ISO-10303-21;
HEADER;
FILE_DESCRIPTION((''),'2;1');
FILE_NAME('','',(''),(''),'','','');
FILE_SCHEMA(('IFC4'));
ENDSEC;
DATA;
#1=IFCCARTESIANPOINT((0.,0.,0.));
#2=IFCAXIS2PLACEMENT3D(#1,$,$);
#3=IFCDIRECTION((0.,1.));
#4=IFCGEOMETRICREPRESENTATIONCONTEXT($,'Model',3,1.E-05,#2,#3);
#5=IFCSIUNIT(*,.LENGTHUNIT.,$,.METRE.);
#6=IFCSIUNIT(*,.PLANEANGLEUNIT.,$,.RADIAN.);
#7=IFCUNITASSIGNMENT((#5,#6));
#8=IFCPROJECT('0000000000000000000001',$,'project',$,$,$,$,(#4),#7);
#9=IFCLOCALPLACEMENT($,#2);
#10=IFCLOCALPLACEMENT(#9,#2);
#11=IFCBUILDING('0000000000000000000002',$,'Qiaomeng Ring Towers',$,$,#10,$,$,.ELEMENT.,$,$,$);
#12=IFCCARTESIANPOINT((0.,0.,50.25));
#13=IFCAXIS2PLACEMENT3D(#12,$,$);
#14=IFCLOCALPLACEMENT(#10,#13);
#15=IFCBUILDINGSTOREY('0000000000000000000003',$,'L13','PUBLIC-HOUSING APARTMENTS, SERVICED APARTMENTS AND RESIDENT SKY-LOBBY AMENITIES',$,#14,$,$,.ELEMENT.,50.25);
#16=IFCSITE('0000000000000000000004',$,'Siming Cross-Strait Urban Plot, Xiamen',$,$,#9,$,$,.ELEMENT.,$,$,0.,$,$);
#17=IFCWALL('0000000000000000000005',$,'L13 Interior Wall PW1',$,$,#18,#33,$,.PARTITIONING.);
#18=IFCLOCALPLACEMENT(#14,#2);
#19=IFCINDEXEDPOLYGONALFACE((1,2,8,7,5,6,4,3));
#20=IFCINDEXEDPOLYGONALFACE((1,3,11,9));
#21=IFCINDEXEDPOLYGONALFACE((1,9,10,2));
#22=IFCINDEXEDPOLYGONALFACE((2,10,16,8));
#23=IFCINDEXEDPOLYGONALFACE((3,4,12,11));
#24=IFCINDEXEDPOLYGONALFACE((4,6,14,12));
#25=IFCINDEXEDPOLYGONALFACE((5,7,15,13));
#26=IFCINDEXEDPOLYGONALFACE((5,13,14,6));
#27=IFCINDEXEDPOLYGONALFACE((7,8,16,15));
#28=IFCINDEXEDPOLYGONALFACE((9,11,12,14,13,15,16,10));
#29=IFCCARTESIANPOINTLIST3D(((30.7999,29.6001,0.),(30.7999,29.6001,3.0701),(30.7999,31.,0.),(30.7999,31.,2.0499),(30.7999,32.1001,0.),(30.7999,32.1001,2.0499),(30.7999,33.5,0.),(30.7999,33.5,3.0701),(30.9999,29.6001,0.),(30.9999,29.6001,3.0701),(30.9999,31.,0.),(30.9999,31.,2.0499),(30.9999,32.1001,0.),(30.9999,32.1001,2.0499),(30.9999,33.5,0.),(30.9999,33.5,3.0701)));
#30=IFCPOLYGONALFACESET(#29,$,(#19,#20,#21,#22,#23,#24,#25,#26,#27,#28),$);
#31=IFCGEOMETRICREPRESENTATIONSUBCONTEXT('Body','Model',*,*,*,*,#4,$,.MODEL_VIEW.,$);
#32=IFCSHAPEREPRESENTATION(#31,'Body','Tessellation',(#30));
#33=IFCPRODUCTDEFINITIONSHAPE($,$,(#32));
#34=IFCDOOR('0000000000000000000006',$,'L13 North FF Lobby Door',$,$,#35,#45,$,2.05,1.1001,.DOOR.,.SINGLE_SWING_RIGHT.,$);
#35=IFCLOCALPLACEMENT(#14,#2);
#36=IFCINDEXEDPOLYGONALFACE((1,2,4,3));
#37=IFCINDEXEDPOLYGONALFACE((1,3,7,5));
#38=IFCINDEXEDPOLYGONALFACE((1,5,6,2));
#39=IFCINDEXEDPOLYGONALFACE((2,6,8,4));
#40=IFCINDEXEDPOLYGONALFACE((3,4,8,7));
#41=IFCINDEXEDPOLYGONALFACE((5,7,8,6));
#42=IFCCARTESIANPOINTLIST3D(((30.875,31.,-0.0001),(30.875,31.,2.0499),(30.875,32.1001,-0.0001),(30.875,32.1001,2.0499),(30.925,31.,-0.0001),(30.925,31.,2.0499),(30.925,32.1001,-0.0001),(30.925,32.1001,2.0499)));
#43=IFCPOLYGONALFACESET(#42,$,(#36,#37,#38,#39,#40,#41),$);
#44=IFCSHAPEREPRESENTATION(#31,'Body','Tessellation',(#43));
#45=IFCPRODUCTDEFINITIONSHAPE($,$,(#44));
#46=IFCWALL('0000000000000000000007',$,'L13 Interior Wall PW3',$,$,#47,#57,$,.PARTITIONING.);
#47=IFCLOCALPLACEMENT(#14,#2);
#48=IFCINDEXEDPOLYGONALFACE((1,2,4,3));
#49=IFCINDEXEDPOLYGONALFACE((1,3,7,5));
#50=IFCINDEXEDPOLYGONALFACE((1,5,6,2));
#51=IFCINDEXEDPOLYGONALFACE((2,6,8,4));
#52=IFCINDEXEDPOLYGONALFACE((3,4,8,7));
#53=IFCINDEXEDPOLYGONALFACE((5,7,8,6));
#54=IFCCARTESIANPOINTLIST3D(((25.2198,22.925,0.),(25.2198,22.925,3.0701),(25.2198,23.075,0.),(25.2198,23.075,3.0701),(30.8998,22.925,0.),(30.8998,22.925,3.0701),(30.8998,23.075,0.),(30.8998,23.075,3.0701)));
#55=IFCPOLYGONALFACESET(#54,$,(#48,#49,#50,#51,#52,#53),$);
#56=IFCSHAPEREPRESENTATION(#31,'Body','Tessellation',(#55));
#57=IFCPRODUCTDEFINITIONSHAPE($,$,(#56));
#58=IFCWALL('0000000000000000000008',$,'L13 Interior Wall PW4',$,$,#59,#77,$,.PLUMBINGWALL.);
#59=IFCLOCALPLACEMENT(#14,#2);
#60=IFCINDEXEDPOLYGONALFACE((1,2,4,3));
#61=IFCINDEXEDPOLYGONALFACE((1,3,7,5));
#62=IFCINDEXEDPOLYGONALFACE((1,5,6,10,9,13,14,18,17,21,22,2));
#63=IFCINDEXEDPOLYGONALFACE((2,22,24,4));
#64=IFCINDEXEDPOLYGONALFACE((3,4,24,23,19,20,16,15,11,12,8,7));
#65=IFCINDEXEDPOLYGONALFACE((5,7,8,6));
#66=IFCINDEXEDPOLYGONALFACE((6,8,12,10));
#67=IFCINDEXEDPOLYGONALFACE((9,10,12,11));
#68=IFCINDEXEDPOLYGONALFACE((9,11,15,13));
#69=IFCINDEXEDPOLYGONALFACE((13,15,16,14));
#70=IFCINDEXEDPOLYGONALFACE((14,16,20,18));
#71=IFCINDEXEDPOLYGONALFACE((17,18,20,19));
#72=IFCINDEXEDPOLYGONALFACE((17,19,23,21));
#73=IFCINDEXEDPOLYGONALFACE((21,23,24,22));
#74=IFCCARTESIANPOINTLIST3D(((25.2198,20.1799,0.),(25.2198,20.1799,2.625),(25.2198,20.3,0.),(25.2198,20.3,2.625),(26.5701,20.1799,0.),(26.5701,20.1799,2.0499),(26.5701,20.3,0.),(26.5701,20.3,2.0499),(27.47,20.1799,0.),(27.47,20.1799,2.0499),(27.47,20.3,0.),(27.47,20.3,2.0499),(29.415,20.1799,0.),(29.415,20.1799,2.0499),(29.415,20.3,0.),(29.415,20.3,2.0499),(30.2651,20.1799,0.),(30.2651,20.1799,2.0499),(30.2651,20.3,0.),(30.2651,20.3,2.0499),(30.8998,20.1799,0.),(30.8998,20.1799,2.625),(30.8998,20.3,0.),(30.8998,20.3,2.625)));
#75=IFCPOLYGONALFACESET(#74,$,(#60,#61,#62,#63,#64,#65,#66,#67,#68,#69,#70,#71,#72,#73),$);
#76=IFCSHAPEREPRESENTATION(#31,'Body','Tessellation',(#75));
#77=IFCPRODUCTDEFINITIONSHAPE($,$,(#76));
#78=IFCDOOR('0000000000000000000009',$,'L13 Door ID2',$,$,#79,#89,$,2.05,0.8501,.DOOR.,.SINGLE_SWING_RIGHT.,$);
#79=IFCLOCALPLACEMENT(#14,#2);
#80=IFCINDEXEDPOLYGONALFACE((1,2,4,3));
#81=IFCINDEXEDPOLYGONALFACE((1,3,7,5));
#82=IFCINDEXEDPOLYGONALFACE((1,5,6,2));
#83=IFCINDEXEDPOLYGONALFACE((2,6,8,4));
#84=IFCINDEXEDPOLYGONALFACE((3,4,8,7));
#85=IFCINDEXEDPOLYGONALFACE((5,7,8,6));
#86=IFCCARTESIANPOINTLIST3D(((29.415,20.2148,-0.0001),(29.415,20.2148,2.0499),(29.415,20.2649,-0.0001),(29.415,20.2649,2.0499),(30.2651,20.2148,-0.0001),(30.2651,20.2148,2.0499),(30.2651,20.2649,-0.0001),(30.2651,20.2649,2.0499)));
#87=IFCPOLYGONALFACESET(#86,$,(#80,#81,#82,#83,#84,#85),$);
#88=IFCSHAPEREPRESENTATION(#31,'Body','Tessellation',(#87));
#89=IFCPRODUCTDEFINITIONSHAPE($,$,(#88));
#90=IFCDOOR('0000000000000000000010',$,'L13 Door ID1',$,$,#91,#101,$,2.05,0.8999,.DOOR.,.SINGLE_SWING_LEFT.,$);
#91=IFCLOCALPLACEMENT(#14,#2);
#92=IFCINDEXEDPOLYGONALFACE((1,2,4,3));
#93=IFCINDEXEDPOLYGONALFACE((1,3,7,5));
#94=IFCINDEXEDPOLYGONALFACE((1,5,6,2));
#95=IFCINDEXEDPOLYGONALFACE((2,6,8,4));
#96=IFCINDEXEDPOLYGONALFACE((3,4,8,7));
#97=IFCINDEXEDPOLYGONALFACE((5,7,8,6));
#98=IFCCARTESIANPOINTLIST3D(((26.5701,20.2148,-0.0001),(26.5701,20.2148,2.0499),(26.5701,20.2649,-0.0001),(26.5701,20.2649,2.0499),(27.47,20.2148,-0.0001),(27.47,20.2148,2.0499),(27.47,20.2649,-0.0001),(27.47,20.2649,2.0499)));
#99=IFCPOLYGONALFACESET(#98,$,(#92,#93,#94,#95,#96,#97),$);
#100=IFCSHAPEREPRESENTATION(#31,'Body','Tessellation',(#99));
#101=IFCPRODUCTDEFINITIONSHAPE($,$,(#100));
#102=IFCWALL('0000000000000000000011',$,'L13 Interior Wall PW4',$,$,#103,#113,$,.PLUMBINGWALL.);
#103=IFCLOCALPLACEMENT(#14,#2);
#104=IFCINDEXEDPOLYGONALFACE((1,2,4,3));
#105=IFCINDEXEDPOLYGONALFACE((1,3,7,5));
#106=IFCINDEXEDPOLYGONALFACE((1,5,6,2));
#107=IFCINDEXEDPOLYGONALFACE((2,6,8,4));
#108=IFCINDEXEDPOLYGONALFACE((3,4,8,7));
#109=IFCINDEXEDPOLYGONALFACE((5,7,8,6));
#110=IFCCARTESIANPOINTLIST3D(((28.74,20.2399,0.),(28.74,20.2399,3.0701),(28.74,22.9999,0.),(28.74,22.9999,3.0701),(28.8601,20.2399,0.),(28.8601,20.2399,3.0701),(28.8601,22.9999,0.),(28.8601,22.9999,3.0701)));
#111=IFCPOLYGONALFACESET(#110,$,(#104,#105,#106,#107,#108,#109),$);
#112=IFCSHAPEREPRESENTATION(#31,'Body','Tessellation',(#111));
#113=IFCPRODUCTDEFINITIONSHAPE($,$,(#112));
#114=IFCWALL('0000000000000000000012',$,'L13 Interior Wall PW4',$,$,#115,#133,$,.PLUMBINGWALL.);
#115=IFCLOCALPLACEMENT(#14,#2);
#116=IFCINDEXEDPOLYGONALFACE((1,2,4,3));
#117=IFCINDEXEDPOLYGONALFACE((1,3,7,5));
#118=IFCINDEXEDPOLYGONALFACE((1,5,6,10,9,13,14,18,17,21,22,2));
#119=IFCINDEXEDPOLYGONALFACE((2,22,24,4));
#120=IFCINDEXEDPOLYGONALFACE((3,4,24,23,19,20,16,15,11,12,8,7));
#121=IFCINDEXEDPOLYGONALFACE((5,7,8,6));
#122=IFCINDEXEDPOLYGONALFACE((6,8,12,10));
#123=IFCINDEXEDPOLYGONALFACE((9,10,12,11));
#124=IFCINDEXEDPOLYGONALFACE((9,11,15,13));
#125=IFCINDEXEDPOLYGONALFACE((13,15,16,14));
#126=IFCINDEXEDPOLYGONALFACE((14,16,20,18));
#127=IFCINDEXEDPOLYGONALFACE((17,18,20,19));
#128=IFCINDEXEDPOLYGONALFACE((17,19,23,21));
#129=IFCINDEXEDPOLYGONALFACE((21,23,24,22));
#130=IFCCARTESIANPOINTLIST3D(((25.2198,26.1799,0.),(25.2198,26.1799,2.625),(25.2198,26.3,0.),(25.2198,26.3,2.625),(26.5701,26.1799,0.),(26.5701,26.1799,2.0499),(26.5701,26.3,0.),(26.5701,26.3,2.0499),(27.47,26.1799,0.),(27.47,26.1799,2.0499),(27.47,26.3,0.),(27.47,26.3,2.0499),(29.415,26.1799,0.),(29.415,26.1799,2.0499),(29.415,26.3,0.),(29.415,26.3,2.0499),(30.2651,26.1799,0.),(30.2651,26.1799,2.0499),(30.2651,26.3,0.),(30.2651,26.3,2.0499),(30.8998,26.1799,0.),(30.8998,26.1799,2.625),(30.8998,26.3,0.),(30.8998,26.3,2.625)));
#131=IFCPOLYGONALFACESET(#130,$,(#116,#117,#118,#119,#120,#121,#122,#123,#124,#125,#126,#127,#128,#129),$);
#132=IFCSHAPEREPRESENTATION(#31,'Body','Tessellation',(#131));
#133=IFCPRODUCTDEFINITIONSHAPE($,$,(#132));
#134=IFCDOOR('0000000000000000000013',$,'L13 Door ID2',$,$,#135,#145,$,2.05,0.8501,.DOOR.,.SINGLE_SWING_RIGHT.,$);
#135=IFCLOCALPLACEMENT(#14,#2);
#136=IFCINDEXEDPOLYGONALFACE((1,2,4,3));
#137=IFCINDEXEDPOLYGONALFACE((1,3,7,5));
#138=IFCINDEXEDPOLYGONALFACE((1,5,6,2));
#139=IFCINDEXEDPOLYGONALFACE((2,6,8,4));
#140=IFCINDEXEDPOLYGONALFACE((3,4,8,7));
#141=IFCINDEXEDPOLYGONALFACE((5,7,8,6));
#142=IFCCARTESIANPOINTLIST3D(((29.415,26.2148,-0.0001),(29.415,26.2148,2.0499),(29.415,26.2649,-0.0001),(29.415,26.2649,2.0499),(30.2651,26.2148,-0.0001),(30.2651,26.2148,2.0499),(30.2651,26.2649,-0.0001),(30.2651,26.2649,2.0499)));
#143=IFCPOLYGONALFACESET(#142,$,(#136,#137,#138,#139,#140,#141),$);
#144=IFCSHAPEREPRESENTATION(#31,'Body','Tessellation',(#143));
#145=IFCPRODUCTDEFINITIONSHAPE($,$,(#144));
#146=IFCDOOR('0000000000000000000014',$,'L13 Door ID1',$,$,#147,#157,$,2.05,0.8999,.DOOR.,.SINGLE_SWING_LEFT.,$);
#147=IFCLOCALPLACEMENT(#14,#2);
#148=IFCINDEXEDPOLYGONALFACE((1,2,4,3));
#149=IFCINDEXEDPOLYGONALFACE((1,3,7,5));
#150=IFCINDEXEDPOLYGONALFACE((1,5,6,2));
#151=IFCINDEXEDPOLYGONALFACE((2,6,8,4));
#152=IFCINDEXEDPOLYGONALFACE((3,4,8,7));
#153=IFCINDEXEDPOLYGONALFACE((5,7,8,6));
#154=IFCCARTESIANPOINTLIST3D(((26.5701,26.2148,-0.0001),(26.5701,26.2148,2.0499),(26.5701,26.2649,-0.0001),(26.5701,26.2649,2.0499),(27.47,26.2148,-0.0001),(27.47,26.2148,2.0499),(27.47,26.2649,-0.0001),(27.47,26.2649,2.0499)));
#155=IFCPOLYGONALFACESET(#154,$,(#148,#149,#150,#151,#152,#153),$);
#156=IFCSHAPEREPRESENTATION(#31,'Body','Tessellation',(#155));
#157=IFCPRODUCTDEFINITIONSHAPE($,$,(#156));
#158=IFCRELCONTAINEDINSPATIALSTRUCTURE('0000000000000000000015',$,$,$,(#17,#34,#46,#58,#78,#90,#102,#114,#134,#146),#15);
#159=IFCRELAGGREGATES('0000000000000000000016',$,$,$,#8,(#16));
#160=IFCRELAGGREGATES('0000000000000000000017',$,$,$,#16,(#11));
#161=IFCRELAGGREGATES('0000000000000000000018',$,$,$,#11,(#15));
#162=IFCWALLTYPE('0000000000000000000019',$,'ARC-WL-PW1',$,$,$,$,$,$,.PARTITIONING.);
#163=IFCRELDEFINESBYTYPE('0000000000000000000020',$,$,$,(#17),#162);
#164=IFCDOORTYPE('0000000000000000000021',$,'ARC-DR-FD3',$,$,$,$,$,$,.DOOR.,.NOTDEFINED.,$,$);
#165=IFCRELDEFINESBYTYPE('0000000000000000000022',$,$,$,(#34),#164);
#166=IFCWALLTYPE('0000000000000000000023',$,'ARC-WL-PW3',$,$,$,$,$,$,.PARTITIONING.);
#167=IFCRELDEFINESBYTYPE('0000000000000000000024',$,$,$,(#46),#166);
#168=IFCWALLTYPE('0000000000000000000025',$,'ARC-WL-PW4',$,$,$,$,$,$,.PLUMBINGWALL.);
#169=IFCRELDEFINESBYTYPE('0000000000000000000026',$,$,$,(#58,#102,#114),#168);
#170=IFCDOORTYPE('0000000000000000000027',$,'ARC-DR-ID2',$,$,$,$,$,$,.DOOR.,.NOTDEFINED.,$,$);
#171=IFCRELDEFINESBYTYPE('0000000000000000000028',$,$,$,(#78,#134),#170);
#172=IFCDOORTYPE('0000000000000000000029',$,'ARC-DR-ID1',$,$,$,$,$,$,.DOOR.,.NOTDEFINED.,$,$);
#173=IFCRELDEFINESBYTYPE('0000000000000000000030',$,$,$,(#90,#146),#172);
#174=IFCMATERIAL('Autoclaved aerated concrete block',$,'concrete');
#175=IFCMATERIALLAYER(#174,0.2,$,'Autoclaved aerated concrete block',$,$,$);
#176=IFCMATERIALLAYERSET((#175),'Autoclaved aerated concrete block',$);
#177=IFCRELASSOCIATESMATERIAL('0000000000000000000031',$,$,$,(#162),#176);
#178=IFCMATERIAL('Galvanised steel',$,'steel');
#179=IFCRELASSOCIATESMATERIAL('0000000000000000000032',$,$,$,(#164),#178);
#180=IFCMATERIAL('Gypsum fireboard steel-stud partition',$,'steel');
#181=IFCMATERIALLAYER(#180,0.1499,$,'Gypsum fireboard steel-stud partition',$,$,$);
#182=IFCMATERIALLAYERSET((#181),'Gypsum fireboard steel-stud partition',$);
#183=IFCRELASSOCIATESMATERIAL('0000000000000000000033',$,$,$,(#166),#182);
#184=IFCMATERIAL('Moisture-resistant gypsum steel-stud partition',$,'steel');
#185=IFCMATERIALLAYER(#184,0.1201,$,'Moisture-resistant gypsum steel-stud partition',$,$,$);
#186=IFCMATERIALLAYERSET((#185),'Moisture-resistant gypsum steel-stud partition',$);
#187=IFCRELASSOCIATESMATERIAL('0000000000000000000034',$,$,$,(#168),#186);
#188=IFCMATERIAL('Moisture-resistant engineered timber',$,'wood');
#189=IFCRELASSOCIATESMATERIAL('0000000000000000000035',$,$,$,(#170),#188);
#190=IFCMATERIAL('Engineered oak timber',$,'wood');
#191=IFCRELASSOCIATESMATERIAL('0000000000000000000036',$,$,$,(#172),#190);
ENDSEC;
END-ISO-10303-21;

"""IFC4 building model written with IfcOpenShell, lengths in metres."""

from ifc_helpers import new_model, si_unit, direction, frame, frame_2d, origin, place, context, subcontext, project, spatial, rectangle, extrude, source, transform, mapped, material, layer, layer_set, type_object, element, fill, save


model = new_model("IFC4")

# Units and contexts
model_context = context("Model", 3, precision=1e-05, world=origin(), true_north=direction((0.0, 1.0)))
body_context = subcontext(model_context, "Body", "Model", "MODEL_VIEW")
ifc_project = project(units=[si_unit("LENGTHUNIT", "METRE"), si_unit("PLANEANGLEUNIT", "RADIAN")], contexts=[model_context])

# Site, building, storey
site_placement = place(None, origin())
site = spatial("IfcSite", under=ifc_project, at=site_placement, Name="Siming Cross-Strait Urban Plot, Xiamen", CompositionType="ELEMENT", RefElevation=0.0)
building_placement = place(site_placement, origin())
building = spatial("IfcBuilding", under=site, at=building_placement, Name="Qiaomeng Ring Towers", CompositionType="ELEMENT")
storey_placement = place(building_placement, frame((0.0, 0.0, 50.25)))
storey = spatial("IfcBuildingStorey", under=building, at=storey_placement, Name="L13", Description="PUBLIC-HOUSING APARTMENTS, SERVICED APARTMENTS AND RESIDENT SKY-LOBBY AMENITIES", CompositionType="ELEMENT", Elevation=50.25)

# Shared definitions
ifc_material_1 = material(Name="Autoclaved aerated concrete block", Category="concrete")
ifc_layer_1 = layer(ifc_material_1, 0.2, Name="Autoclaved aerated concrete block")
ifc_layer_set_1 = layer_set([ifc_layer_1], Name="Autoclaved aerated concrete block")
wall_type_1 = type_object("IfcWallType", Name="ARC-WL-PW1", PredefinedType="PARTITIONING", material=ifc_layer_set_1)

# Wall, opening, door
wall_1_placement = place(storey_placement, frame((30.8999, 29.6001, 0.0), z_axis=(0.0, 0.0, 1.0), x_axis=(0.0, 1.0, 0.0)))
wall_1 = element("IfcWall", 1, at=wall_1_placement, inside=storey, type_object=wall_type_1, Name="L13 Interior Wall PW1", PredefinedType="PARTITIONING", context=body_context, shape_type="SweptSolid", body=[
    extrude(rectangle(XDim=3.8999, YDim=0.2, at=frame_2d((1.95, 0.0))), origin(), (0.0, 0.0, 1.0), 3.0701),
])
opening_1_placement = place(wall_1_placement, frame((1.3999, 0.0, 0.0)))
opening_1 = element("IfcOpeningElement", 2, at=opening_1_placement, cuts=wall_1, PredefinedType="OPENING", context=body_context, shape_type="SweptSolid", body=[
    extrude(rectangle(XDim=1.1001, YDim=2.05, at=frame_2d((0.55, 1.0249))), frame((0.0, 0.1099, 0.0), z_axis=(0.0, -1.0, 0.0), x_axis=(1.0, 0.0, 0.0)), (0.0, 0.0, 1.0), 0.22),
])
ifc_material_2 = material(Name="Galvanised steel", Category="steel")
door_type_1 = type_object("IfcDoorType", Name="ARC-DR-FD3", OperationType="NOTDEFINED", PredefinedType="DOOR", material=ifc_material_2)
shared_shape_1 = source(origin(), body_context, "Body", "SweptSolid", [
    extrude(rectangle(XDim=1.1001, YDim=2.05, at=frame_2d((0.55, 1.0249))), frame((0.0, 0.0249, 0.0), z_axis=(0.0, -1.0, 0.0), x_axis=(1.0, 0.0, 0.0)), (0.0, 0.0, 1.0), 0.05),
])
door_1_placement = place(opening_1_placement, origin())
door_1 = element("IfcDoor", 3, at=door_1_placement, inside=storey, type_object=door_type_1, Name="L13 North FF Lobby Door", OperationType="SINGLE_SWING_RIGHT", OverallHeight=2.05, OverallWidth=1.1001, PredefinedType="DOOR", context=body_context, shape_type="MappedRepresentation", body=[
    mapped(shared_shape_1, transform((0.0, 0.0, 0.0), x_axis=(1.0, 0.0, 0.0), y_axis=(0.0, 1.0, 0.0), z_axis=(0.0, 0.0, 1.0), scale=1.0)),
])
fill(opening_1, door_1)

# Wall
ifc_material_3 = material(Name="Gypsum fireboard steel-stud partition", Category="steel")
ifc_layer_2 = layer(ifc_material_3, 0.1499, Name="Gypsum fireboard steel-stud partition")
ifc_layer_set_2 = layer_set([ifc_layer_2], Name="Gypsum fireboard steel-stud partition")
wall_type_2 = type_object("IfcWallType", Name="ARC-WL-PW3", PredefinedType="PARTITIONING", material=ifc_layer_set_2)
wall_2_placement = place(storey_placement, frame((25.22, 23.0, 0.0), z_axis=(0.0, 0.0, 1.0), x_axis=(1.0, 0.0, 0.0)))
element("IfcWall", 4, at=wall_2_placement, inside=storey, type_object=wall_type_2, Name="L13 Interior Wall PW3", PredefinedType="PARTITIONING", context=body_context, shape_type="SweptSolid", body=[
    extrude(rectangle(XDim=5.6799, YDim=0.1499, at=frame_2d((2.8398, 0.0))), origin(), (0.0, 0.0, 1.0), 3.0701),
])

# Wall, openings, doors
ifc_material_4 = material(Name="Moisture-resistant gypsum steel-stud partition", Category="steel")
ifc_layer_3 = layer(ifc_material_4, 0.1201, Name="Moisture-resistant gypsum steel-stud partition")
ifc_layer_set_3 = layer_set([ifc_layer_3], Name="Moisture-resistant gypsum steel-stud partition")
wall_type_3 = type_object("IfcWallType", Name="ARC-WL-PW4", PredefinedType="PLUMBINGWALL", material=ifc_layer_set_3)
wall_3_placement = place(storey_placement, frame((25.22, 20.24, 0.0), z_axis=(0.0, 0.0, 1.0), x_axis=(1.0, 0.0, 0.0)))
wall_3 = element("IfcWall", 5, at=wall_3_placement, inside=storey, type_object=wall_type_3, Name="L13 Interior Wall PW4", PredefinedType="PLUMBINGWALL", context=body_context, shape_type="SweptSolid", body=[
    extrude(rectangle(XDim=5.6799, YDim=0.1201, at=frame_2d((2.8398, 0.0))), origin(), (0.0, 0.0, 1.0), 2.625),
])
opening_2_placement = place(wall_3_placement, frame((1.3501, 0.0, 0.0)))
opening_2 = element("IfcOpeningElement", 6, at=opening_2_placement, cuts=wall_3, PredefinedType="OPENING", context=body_context, shape_type="SweptSolid", body=[
    extrude(rectangle(XDim=0.8999, YDim=2.05, at=frame_2d((0.45, 1.0249))), frame((0.0, 0.0701, 0.0), z_axis=(0.0, -1.0, 0.0), x_axis=(1.0, 0.0, 0.0)), (0.0, 0.0, 1.0), 0.1401),
])
opening_3_placement = place(wall_3_placement, frame((4.1951, 0.0, 0.0)))
opening_3 = element("IfcOpeningElement", 7, at=opening_3_placement, cuts=wall_3, PredefinedType="OPENING", context=body_context, shape_type="SweptSolid", body=[
    extrude(rectangle(XDim=0.8501, YDim=2.05, at=frame_2d((0.425, 1.0249))), frame((0.0, 0.0701, 0.0), z_axis=(0.0, -1.0, 0.0), x_axis=(1.0, 0.0, 0.0)), (0.0, 0.0, 1.0), 0.1401),
])
ifc_material_5 = material(Name="Moisture-resistant engineered timber", Category="wood")
door_type_2 = type_object("IfcDoorType", Name="ARC-DR-ID2", OperationType="NOTDEFINED", PredefinedType="DOOR", material=ifc_material_5)
shared_shape_2 = source(origin(), body_context, "Body", "SweptSolid", [
    extrude(rectangle(XDim=0.8501, YDim=2.05, at=frame_2d((0.425, 1.0249))), frame((0.0, 0.0249, 0.0), z_axis=(0.0, -1.0, 0.0), x_axis=(1.0, 0.0, 0.0)), (0.0, 0.0, 1.0), 0.05),
])
door_2_placement = place(opening_3_placement, origin())
door_2 = element("IfcDoor", 8, at=door_2_placement, inside=storey, type_object=door_type_2, Name="L13 Door ID2", OperationType="SINGLE_SWING_RIGHT", OverallHeight=2.05, OverallWidth=0.8501, PredefinedType="DOOR", context=body_context, shape_type="MappedRepresentation", body=[
    mapped(shared_shape_2, transform((0.0, 0.0, 0.0), x_axis=(1.0, 0.0, 0.0), y_axis=(0.0, 1.0, 0.0), z_axis=(0.0, 0.0, 1.0), scale=1.0)),
])
fill(opening_3, door_2)
ifc_material_6 = material(Name="Engineered oak timber", Category="wood")
door_type_3 = type_object("IfcDoorType", Name="ARC-DR-ID1", OperationType="NOTDEFINED", PredefinedType="DOOR", material=ifc_material_6)
shared_shape_3 = source(origin(), body_context, "Body", "SweptSolid", [
    extrude(rectangle(XDim=0.8999, YDim=2.05, at=frame_2d((0.45, 1.0249))), frame((0.0, 0.0249, 0.0), z_axis=(0.0, -1.0, 0.0), x_axis=(1.0, 0.0, 0.0)), (0.0, 0.0, 1.0), 0.05),
])
door_3_placement = place(opening_2_placement, origin())
door_3 = element("IfcDoor", 9, at=door_3_placement, inside=storey, type_object=door_type_3, Name="L13 Door ID1", OperationType="SINGLE_SWING_LEFT", OverallHeight=2.05, OverallWidth=0.8999, PredefinedType="DOOR", context=body_context, shape_type="MappedRepresentation", body=[
    mapped(shared_shape_3, transform((0.0, 0.0, 0.0), x_axis=(1.0, 0.0, 0.0), y_axis=(0.0, 1.0, 0.0), z_axis=(0.0, 0.0, 1.0), scale=1.0)),
])
fill(opening_2, door_3)

# Wall
wall_4_placement = place(storey_placement, frame((28.8, 20.24, 0.0), z_axis=(0.0, 0.0, 1.0), x_axis=(0.0, 1.0, 0.0)))
element("IfcWall", 10, at=wall_4_placement, inside=storey, type_object=wall_type_3, Name="L13 Interior Wall PW4", PredefinedType="PLUMBINGWALL", context=body_context, shape_type="SweptSolid", body=[
    extrude(rectangle(XDim=2.76, YDim=0.1201, at=frame_2d((1.3799, 0.0))), origin(), (0.0, 0.0, 1.0), 3.0701),
])

# Wall, openings, doors
wall_5_placement = place(storey_placement, frame((25.22, 26.24, 0.0), z_axis=(0.0, 0.0, 1.0), x_axis=(1.0, 0.0, 0.0)))
wall_5 = element("IfcWall", 11, at=wall_5_placement, inside=storey, type_object=wall_type_3, Name="L13 Interior Wall PW4", PredefinedType="PLUMBINGWALL", context=body_context, shape_type="SweptSolid", body=[
    extrude(rectangle(XDim=5.6799, YDim=0.1201, at=frame_2d((2.8398, 0.0))), origin(), (0.0, 0.0, 1.0), 2.625),
])
opening_4_placement = place(wall_5_placement, frame((1.3501, 0.0, 0.0)))
opening_4 = element("IfcOpeningElement", 12, at=opening_4_placement, cuts=wall_5, PredefinedType="OPENING", context=body_context, shape_type="SweptSolid", body=[
    extrude(rectangle(XDim=0.8999, YDim=2.05, at=frame_2d((0.45, 1.0249))), frame((0.0, 0.0701, 0.0), z_axis=(0.0, -1.0, 0.0), x_axis=(1.0, 0.0, 0.0)), (0.0, 0.0, 1.0), 0.1401),
])
opening_5_placement = place(wall_5_placement, frame((4.1951, 0.0, 0.0)))
opening_5 = element("IfcOpeningElement", 13, at=opening_5_placement, cuts=wall_5, PredefinedType="OPENING", context=body_context, shape_type="SweptSolid", body=[
    extrude(rectangle(XDim=0.8501, YDim=2.05, at=frame_2d((0.425, 1.0249))), frame((0.0, 0.0701, 0.0), z_axis=(0.0, -1.0, 0.0), x_axis=(1.0, 0.0, 0.0)), (0.0, 0.0, 1.0), 0.1401),
])
door_4_placement = place(opening_5_placement, origin())
door_4 = element("IfcDoor", 14, at=door_4_placement, inside=storey, type_object=door_type_2, Name="L13 Door ID2", OperationType="SINGLE_SWING_RIGHT", OverallHeight=2.05, OverallWidth=0.8501, PredefinedType="DOOR", context=body_context, shape_type="MappedRepresentation", body=[
    mapped(shared_shape_2, transform((0.0, 0.0, 0.0), x_axis=(1.0, 0.0, 0.0), y_axis=(0.0, 1.0, 0.0), z_axis=(0.0, 0.0, 1.0), scale=1.0)),
])
fill(opening_5, door_4)
door_5_placement = place(opening_4_placement, origin())
door_5 = element("IfcDoor", 15, at=door_5_placement, inside=storey, type_object=door_type_3, Name="L13 Door ID1", OperationType="SINGLE_SWING_LEFT", OverallHeight=2.05, OverallWidth=0.8999, PredefinedType="DOOR", context=body_context, shape_type="MappedRepresentation", body=[
    mapped(shared_shape_3, transform((0.0, 0.0, 0.0), x_axis=(1.0, 0.0, 0.0), y_axis=(0.0, 1.0, 0.0), z_axis=(0.0, 0.0, 1.0), scale=1.0)),
])
fill(opening_4, door_5)

save(model, "model.ifc")
